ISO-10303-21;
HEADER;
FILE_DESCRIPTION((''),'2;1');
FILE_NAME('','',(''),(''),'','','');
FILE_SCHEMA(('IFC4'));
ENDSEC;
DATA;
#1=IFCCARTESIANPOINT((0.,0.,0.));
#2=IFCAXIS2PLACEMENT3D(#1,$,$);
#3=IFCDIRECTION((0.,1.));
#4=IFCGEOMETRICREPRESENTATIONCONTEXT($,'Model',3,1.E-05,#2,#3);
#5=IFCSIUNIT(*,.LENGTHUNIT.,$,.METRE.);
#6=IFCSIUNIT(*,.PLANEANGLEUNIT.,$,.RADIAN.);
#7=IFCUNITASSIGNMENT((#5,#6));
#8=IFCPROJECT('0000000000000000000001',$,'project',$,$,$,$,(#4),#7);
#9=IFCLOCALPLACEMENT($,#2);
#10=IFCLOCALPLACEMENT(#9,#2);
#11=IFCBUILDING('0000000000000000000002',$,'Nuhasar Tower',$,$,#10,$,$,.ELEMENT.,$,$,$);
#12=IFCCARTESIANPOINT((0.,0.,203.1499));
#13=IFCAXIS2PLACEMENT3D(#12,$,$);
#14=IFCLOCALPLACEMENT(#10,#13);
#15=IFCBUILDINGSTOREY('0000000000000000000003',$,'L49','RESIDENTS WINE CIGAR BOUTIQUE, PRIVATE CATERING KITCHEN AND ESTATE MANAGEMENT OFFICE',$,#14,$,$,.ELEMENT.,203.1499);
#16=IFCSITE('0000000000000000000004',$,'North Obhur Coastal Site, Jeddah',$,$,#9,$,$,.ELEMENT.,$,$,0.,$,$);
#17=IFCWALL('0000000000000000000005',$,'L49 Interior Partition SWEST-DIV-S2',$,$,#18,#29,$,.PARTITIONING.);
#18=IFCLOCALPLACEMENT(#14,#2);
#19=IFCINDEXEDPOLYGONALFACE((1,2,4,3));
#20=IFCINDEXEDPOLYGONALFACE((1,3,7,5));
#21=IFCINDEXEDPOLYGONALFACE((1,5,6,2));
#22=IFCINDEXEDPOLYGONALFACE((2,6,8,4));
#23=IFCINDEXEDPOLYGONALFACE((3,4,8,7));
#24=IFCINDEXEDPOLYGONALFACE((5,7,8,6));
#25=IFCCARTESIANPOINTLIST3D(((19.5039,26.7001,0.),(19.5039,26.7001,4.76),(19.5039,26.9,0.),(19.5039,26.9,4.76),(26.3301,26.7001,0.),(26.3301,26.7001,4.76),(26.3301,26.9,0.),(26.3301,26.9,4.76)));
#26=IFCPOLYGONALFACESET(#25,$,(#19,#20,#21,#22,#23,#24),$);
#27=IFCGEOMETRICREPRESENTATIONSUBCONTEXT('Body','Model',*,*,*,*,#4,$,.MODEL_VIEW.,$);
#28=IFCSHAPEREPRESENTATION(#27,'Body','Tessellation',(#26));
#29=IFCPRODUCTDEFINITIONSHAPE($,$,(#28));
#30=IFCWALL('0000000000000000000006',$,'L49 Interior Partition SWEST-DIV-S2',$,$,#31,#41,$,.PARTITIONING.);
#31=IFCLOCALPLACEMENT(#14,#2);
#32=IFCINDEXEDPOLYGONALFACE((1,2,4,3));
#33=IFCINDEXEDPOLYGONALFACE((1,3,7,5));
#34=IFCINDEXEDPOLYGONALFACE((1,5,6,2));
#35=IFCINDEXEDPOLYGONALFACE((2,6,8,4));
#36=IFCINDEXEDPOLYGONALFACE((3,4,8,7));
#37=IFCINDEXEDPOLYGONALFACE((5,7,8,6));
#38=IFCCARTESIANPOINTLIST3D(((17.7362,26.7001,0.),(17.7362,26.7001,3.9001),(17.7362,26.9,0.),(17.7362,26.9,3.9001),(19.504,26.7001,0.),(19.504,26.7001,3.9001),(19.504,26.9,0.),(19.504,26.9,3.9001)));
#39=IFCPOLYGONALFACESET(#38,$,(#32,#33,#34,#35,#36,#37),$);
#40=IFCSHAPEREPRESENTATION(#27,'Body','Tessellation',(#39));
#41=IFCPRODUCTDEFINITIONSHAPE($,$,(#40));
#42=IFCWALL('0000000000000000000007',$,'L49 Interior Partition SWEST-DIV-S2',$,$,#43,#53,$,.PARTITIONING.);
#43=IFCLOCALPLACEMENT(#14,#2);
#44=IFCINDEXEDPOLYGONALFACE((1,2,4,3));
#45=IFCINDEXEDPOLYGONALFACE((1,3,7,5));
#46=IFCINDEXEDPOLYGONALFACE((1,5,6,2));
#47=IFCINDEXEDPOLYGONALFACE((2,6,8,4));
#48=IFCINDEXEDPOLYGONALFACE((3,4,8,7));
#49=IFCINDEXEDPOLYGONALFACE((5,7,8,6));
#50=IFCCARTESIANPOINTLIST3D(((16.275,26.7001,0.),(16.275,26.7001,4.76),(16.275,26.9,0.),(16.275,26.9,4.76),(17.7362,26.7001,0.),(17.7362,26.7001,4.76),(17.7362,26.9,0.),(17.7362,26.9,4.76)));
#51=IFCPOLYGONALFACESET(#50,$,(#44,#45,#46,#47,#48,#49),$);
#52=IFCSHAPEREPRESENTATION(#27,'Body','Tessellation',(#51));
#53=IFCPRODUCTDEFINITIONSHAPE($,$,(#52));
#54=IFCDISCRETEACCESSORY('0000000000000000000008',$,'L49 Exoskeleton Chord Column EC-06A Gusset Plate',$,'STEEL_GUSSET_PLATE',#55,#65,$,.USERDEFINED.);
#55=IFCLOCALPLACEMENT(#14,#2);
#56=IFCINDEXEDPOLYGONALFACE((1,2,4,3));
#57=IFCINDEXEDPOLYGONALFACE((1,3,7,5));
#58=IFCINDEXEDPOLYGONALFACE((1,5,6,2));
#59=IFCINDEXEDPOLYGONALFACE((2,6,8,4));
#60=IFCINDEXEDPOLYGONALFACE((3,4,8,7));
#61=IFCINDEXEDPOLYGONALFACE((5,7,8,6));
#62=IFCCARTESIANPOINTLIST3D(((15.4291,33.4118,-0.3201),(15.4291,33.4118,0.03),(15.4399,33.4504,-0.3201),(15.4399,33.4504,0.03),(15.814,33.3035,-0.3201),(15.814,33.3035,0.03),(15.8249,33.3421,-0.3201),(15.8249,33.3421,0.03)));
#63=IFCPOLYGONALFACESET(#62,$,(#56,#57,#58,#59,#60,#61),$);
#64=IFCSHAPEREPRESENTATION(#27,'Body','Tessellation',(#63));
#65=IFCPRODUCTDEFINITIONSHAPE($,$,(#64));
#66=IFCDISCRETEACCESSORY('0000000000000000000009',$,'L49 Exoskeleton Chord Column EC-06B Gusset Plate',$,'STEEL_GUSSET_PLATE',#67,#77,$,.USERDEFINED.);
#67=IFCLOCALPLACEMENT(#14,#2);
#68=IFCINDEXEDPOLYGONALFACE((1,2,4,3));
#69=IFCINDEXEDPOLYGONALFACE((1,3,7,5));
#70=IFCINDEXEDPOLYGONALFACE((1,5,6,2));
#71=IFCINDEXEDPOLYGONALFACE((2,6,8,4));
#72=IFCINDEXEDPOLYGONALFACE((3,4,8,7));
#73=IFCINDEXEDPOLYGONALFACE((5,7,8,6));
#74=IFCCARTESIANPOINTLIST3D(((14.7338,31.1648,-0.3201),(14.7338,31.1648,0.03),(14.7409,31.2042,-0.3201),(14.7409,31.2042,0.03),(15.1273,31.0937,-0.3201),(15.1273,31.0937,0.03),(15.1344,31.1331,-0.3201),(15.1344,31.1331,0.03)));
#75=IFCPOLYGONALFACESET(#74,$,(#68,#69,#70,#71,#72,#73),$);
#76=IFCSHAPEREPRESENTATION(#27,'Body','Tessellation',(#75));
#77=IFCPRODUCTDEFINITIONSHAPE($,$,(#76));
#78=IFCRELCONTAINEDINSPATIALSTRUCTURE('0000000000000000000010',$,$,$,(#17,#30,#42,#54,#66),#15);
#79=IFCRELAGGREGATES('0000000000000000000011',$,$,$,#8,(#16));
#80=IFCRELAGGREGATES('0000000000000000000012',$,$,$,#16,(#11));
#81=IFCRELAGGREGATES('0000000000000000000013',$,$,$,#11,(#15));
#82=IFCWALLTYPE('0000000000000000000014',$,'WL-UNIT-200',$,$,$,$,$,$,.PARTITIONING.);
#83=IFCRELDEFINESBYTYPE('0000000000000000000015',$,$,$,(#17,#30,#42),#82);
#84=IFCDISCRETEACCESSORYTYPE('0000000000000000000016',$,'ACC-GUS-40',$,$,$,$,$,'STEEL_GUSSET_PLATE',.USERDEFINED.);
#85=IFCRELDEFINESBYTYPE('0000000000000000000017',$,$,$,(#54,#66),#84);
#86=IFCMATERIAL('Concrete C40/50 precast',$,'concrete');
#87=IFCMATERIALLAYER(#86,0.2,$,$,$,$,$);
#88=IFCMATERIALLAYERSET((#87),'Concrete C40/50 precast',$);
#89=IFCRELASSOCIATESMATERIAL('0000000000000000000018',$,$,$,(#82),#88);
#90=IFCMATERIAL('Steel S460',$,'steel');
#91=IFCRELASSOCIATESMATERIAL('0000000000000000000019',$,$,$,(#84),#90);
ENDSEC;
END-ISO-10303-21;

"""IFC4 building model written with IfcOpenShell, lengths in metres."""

from ifc_helpers import new_model, si_unit, direction, frame, frame_2d, origin, origin_2d, place, context, subcontext, project, spatial, rectangle, extrude, material, layer, layer_set, type_object, element, save


model = new_model("IFC4")

# Units and contexts
model_context = context("Model", 3, precision=1e-05, world=origin(), true_north=direction((0.0, 1.0)))
body_context = subcontext(model_context, "Body", "Model", "MODEL_VIEW")
ifc_project = project(units=[si_unit("LENGTHUNIT", "METRE"), si_unit("PLANEANGLEUNIT", "RADIAN")], contexts=[model_context])

# Site, building, storey
site_placement = place(None, origin())
site = spatial("IfcSite", under=ifc_project, at=site_placement, Name="North Obhur Coastal Site, Jeddah", CompositionType="ELEMENT", RefElevation=0.0)
building_placement = place(site_placement, origin())
building = spatial("IfcBuilding", under=site, at=building_placement, Name="Nuhasar Tower", CompositionType="ELEMENT")
storey_placement = place(building_placement, frame((0.0, 0.0, 203.1499)))
storey = spatial("IfcBuildingStorey", under=building, at=storey_placement, Name="L49", Description="RESIDENTS WINE CIGAR BOUTIQUE, PRIVATE CATERING KITCHEN AND ESTATE MANAGEMENT OFFICE", CompositionType="ELEMENT", Elevation=203.1499)

# Shared definitions
ifc_material_1 = material(Name="Steel S460", Category="steel")

# Walls
ifc_material_2 = material(Name="Concrete C40/50 precast", Category="concrete")
ifc_layer_1 = layer(ifc_material_2, 0.2)
ifc_layer_set_1 = layer_set([ifc_layer_1], Name="Concrete C40/50 precast")
wall_type_1 = type_object("IfcWallType", Name="WL-UNIT-200", PredefinedType="PARTITIONING", material=ifc_layer_set_1)
wall_1_placement = place(storey_placement, frame((26.3301, 26.8, 0.0), z_axis=(0.0, 0.0, 1.0), x_axis=(-1.0, 0.0, 0.0)))
element("IfcWall", 1, at=wall_1_placement, inside=storey, type_object=wall_type_1, Name="L49 Interior Partition SWEST-DIV-S2", PredefinedType="PARTITIONING", context=body_context, shape_type="SweptSolid", body=[
    extrude(rectangle(XDim=6.8262, YDim=0.2, at=frame_2d((3.4131, 0.0))), origin(), (0.0, 0.0, 1.0), 4.76),
])
wall_2_placement = place(storey_placement, frame((19.5039, 26.8, 0.0), z_axis=(0.0, 0.0, 1.0), x_axis=(-1.0, 0.0, 0.0)))
element("IfcWall", 2, at=wall_2_placement, inside=storey, type_object=wall_type_1, Name="L49 Interior Partition SWEST-DIV-S2", PredefinedType="PARTITIONING", context=body_context, shape_type="SweptSolid", body=[
    extrude(rectangle(XDim=1.7678, YDim=0.2, at=frame_2d((0.8838, 0.0))), origin(), (0.0, 0.0, 1.0), 3.9001),
])
wall_3_placement = place(storey_placement, frame((17.7361, 26.8, 0.0), z_axis=(0.0, 0.0, 1.0), x_axis=(-1.0, 0.0, 0.0)))
element("IfcWall", 3, at=wall_3_placement, inside=storey, type_object=wall_type_1, Name="L49 Interior Partition SWEST-DIV-S2", PredefinedType="PARTITIONING", context=body_context, shape_type="SweptSolid", body=[
    extrude(rectangle(XDim=1.4612, YDim=0.2, at=frame_2d((0.7305, 0.0))), origin(), (0.0, 0.0, 1.0), 4.76),
])

# Discrete accessories
discrete_accessory_type = type_object("IfcDiscreteAccessoryType", Name="ACC-GUS-40", ElementType="STEEL_GUSSET_PLATE", PredefinedType="USERDEFINED", material=ifc_material_1)
for number, where, z_axis, x_axis, name in (
    (4, (15.627, 33.377, -0.3201), (0.0, 0.0, 1.0), (-0.962621, 0.270852, 0.0), "L49 Exoskeleton Chord Column EC-06A Gusset Plate"),
    (5, (14.9341, 31.1489, -0.3201), (0.0, 0.0, 1.0), (-0.984062, 0.177823, 0.0), "L49 Exoskeleton Chord Column EC-06B Gusset Plate"),
):
    element("IfcDiscreteAccessory", number, at=place(storey_placement, frame(where, z_axis=z_axis, x_axis=x_axis)), inside=storey, type_object=discrete_accessory_type, Name=name, ObjectType="STEEL_GUSSET_PLATE", PredefinedType="USERDEFINED", context=body_context, shape_type="SweptSolid", body=[
        extrude(rectangle(XDim=0.3999, YDim=0.04, at=origin_2d()), origin(), (0.0, 0.0, 1.0), 0.3501),
    ])

save(model, "model.ifc")
